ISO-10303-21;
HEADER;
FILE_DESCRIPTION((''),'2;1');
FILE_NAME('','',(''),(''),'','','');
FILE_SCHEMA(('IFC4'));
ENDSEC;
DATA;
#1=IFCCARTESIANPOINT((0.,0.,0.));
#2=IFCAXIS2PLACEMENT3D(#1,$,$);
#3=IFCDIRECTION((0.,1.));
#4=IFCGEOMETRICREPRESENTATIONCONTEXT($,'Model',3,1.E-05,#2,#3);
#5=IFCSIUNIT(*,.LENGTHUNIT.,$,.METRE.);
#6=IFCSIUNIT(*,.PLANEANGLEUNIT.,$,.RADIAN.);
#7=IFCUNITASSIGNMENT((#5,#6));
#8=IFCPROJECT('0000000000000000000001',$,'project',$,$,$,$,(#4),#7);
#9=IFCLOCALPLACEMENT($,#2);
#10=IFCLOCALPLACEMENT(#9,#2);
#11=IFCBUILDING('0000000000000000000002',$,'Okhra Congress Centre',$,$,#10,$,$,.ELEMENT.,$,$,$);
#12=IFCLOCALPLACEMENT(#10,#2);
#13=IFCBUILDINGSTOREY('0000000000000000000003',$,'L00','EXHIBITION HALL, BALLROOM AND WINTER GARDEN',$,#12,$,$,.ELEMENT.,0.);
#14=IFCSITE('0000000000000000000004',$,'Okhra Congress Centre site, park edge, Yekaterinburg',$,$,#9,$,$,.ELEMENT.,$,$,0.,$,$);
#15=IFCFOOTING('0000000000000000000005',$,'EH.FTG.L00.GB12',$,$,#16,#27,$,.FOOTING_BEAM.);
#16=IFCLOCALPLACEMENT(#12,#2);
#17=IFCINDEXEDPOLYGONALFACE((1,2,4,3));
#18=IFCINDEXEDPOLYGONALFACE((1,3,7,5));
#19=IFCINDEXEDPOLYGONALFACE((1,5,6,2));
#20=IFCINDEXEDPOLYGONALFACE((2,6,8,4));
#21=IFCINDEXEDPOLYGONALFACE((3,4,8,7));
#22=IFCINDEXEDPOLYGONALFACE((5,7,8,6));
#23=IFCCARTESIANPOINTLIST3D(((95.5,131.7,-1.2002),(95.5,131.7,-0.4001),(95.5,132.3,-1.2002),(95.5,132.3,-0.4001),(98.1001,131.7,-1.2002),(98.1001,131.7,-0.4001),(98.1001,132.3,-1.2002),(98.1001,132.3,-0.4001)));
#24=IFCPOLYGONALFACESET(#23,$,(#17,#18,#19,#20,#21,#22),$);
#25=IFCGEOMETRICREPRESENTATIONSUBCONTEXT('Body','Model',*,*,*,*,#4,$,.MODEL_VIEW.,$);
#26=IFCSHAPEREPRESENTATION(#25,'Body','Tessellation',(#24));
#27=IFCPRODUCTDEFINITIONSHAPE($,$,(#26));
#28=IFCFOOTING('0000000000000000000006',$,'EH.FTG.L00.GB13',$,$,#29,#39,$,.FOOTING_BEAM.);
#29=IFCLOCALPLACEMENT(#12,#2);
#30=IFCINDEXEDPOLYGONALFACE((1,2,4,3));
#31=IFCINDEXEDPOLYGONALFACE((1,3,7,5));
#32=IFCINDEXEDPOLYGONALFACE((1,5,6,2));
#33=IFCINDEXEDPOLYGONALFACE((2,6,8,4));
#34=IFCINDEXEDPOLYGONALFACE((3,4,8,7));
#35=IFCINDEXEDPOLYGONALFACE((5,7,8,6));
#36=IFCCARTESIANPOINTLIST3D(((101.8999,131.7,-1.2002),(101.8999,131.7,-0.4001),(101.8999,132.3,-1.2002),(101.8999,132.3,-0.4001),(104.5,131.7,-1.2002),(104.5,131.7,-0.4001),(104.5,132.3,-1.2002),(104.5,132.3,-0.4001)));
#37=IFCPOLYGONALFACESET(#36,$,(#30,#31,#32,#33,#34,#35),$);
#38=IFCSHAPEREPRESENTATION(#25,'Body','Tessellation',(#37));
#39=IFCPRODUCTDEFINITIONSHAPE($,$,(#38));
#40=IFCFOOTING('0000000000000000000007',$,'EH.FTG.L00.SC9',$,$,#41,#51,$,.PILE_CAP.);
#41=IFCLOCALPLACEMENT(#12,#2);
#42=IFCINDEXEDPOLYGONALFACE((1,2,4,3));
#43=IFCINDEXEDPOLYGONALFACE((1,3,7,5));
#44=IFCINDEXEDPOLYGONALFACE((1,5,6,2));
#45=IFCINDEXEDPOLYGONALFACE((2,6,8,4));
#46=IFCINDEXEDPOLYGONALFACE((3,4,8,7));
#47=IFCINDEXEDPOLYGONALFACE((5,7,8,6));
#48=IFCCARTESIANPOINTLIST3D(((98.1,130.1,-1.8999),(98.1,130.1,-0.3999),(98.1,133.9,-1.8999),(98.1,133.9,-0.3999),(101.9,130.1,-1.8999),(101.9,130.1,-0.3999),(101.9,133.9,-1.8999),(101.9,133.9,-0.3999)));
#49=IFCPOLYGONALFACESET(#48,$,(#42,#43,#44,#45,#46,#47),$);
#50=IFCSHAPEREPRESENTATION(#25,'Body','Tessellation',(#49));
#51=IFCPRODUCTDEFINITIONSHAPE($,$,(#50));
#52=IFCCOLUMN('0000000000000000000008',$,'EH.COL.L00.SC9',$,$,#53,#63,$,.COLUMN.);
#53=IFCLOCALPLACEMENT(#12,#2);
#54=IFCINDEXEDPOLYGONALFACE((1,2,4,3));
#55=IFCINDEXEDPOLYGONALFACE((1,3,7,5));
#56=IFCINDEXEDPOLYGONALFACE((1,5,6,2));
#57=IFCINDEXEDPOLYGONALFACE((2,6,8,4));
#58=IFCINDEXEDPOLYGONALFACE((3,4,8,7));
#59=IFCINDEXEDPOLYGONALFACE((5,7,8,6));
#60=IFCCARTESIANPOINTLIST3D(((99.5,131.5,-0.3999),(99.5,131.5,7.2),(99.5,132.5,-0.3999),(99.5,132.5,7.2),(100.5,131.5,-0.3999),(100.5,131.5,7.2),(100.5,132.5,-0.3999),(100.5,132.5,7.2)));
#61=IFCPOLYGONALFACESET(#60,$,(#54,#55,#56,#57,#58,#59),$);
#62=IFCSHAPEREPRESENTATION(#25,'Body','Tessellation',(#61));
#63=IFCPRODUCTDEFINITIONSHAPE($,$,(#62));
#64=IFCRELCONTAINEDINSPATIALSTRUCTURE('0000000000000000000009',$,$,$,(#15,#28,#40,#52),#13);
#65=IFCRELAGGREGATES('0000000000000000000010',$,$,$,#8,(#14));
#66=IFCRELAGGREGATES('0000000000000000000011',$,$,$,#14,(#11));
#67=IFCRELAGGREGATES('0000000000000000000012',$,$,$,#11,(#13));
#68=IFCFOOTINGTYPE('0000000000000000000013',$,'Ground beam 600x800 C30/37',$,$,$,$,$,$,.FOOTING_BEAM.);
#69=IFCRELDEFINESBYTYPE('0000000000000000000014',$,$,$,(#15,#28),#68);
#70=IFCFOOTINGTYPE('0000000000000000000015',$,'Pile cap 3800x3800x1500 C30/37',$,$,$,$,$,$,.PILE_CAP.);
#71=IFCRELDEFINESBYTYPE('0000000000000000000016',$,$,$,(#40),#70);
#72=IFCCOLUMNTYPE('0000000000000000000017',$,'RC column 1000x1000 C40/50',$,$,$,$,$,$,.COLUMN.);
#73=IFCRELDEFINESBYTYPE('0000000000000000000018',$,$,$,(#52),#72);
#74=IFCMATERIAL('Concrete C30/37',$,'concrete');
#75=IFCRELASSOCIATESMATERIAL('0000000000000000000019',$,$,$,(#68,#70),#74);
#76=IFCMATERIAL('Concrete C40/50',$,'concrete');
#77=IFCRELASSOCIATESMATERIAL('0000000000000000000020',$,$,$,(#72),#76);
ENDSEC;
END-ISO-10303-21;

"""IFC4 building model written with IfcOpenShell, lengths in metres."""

from ifc_helpers import new_model, si_unit, direction, frame, origin, origin_2d, place, context, subcontext, project, spatial, rectangle, extrude, material, material_profile, profile_set, type_object, element, save


model = new_model("IFC4")

# Units and contexts
model_context = context("Model", 3, precision=1e-05, world=origin(), true_north=direction((0.0, 1.0)))
body_context = subcontext(model_context, "Body", "Model", "MODEL_VIEW")
ifc_project = project(units=[si_unit("LENGTHUNIT", "METRE"), si_unit("PLANEANGLEUNIT", "RADIAN")], contexts=[model_context])

# Site, building, storey
site_placement = place(None, origin())
site = spatial("IfcSite", under=ifc_project, at=site_placement, Name="Okhra Congress Centre site, park edge, Yekaterinburg", CompositionType="ELEMENT", RefElevation=0.0)
building_placement = place(site_placement, origin())
building = spatial("IfcBuilding", under=site, at=building_placement, Name="Okhra Congress Centre", CompositionType="ELEMENT")
storey_placement = place(building_placement, origin())
storey = spatial("IfcBuildingStorey", under=building, at=storey_placement, Name="L00", Description="EXHIBITION HALL, BALLROOM AND WINTER GARDEN", CompositionType="ELEMENT", Elevation=0.0)

# Shared definitions
ifc_material_1 = material(Name="Concrete C30/37", Category="concrete")

# Footings
footing_type_1 = type_object("IfcFootingType", Name="Ground beam 600x800 C30/37", PredefinedType="FOOTING_BEAM", material=ifc_material_1)
for number, where, z_axis, x_axis, name in (
    (1, (96.8, 132.0, -1.2002), (0.0, 0.0, 1.0), (1.0, 0.0, 0.0), "EH.FTG.L00.GB12"),
    (2, (103.2, 132.0, -1.2002), (0.0, 0.0, 1.0), (1.0, 0.0, 0.0), "EH.FTG.L00.GB13"),
):
    element("IfcFooting", number, at=place(storey_placement, frame(where, z_axis=z_axis, x_axis=x_axis)), inside=storey, type_object=footing_type_1, Name=name, PredefinedType="FOOTING_BEAM", context=body_context, shape_type="SweptSolid", body=[
        extrude(rectangle(XDim=2.6001, YDim=0.6001, at=origin_2d()), origin(), (0.0, 0.0, 1.0), 0.8),
    ])
footing_type_2 = type_object("IfcFootingType", Name="Pile cap 3800x3800x1500 C30/37", PredefinedType="PILE_CAP", material=ifc_material_1)
footing_1_placement = place(storey_placement, frame((100.0, 132.0, -1.8999), z_axis=(0.0, 0.0, 1.0), x_axis=(1.0, 0.0, 0.0)))
element("IfcFooting", 3, at=footing_1_placement, inside=storey, type_object=footing_type_2, Name="EH.FTG.L00.SC9", PredefinedType="PILE_CAP", context=body_context, shape_type="SweptSolid", body=[
    extrude(rectangle(XDim=3.8, YDim=3.8, at=origin_2d()), origin(), (0.0, 0.0, 1.0), 1.5),
])

# Column
ifc_material_2 = material(Name="Concrete C40/50", Category="concrete")
ifc_material_profile_1 = material_profile(ifc_material_2, rectangle(XDim=1.0, YDim=1.0, at=origin_2d()), Name="RC 1000x1000")
ifc_profile_set_1 = profile_set([ifc_material_profile_1], Name="Concrete C40/50")
column_type = type_object("IfcColumnType", Name="RC column 1000x1000 C40/50", PredefinedType="COLUMN", material=ifc_profile_set_1)
column_placement = place(storey_placement, frame((100.0, 132.0, -0.3999), z_axis=(0.0, 0.0, 1.0), x_axis=(1.0, 0.0, 0.0)))
element("IfcColumn", 4, at=column_placement, inside=storey, type_object=column_type, Name="EH.COL.L00.SC9", PredefinedType="COLUMN", context=body_context, shape_type="SweptSolid", body=[
    extrude(rectangle(XDim=1.0, YDim=1.0, at=origin_2d()), origin(), (0.0, 0.0, 1.0), 7.5999),
])

save(model, "model.ifc")
